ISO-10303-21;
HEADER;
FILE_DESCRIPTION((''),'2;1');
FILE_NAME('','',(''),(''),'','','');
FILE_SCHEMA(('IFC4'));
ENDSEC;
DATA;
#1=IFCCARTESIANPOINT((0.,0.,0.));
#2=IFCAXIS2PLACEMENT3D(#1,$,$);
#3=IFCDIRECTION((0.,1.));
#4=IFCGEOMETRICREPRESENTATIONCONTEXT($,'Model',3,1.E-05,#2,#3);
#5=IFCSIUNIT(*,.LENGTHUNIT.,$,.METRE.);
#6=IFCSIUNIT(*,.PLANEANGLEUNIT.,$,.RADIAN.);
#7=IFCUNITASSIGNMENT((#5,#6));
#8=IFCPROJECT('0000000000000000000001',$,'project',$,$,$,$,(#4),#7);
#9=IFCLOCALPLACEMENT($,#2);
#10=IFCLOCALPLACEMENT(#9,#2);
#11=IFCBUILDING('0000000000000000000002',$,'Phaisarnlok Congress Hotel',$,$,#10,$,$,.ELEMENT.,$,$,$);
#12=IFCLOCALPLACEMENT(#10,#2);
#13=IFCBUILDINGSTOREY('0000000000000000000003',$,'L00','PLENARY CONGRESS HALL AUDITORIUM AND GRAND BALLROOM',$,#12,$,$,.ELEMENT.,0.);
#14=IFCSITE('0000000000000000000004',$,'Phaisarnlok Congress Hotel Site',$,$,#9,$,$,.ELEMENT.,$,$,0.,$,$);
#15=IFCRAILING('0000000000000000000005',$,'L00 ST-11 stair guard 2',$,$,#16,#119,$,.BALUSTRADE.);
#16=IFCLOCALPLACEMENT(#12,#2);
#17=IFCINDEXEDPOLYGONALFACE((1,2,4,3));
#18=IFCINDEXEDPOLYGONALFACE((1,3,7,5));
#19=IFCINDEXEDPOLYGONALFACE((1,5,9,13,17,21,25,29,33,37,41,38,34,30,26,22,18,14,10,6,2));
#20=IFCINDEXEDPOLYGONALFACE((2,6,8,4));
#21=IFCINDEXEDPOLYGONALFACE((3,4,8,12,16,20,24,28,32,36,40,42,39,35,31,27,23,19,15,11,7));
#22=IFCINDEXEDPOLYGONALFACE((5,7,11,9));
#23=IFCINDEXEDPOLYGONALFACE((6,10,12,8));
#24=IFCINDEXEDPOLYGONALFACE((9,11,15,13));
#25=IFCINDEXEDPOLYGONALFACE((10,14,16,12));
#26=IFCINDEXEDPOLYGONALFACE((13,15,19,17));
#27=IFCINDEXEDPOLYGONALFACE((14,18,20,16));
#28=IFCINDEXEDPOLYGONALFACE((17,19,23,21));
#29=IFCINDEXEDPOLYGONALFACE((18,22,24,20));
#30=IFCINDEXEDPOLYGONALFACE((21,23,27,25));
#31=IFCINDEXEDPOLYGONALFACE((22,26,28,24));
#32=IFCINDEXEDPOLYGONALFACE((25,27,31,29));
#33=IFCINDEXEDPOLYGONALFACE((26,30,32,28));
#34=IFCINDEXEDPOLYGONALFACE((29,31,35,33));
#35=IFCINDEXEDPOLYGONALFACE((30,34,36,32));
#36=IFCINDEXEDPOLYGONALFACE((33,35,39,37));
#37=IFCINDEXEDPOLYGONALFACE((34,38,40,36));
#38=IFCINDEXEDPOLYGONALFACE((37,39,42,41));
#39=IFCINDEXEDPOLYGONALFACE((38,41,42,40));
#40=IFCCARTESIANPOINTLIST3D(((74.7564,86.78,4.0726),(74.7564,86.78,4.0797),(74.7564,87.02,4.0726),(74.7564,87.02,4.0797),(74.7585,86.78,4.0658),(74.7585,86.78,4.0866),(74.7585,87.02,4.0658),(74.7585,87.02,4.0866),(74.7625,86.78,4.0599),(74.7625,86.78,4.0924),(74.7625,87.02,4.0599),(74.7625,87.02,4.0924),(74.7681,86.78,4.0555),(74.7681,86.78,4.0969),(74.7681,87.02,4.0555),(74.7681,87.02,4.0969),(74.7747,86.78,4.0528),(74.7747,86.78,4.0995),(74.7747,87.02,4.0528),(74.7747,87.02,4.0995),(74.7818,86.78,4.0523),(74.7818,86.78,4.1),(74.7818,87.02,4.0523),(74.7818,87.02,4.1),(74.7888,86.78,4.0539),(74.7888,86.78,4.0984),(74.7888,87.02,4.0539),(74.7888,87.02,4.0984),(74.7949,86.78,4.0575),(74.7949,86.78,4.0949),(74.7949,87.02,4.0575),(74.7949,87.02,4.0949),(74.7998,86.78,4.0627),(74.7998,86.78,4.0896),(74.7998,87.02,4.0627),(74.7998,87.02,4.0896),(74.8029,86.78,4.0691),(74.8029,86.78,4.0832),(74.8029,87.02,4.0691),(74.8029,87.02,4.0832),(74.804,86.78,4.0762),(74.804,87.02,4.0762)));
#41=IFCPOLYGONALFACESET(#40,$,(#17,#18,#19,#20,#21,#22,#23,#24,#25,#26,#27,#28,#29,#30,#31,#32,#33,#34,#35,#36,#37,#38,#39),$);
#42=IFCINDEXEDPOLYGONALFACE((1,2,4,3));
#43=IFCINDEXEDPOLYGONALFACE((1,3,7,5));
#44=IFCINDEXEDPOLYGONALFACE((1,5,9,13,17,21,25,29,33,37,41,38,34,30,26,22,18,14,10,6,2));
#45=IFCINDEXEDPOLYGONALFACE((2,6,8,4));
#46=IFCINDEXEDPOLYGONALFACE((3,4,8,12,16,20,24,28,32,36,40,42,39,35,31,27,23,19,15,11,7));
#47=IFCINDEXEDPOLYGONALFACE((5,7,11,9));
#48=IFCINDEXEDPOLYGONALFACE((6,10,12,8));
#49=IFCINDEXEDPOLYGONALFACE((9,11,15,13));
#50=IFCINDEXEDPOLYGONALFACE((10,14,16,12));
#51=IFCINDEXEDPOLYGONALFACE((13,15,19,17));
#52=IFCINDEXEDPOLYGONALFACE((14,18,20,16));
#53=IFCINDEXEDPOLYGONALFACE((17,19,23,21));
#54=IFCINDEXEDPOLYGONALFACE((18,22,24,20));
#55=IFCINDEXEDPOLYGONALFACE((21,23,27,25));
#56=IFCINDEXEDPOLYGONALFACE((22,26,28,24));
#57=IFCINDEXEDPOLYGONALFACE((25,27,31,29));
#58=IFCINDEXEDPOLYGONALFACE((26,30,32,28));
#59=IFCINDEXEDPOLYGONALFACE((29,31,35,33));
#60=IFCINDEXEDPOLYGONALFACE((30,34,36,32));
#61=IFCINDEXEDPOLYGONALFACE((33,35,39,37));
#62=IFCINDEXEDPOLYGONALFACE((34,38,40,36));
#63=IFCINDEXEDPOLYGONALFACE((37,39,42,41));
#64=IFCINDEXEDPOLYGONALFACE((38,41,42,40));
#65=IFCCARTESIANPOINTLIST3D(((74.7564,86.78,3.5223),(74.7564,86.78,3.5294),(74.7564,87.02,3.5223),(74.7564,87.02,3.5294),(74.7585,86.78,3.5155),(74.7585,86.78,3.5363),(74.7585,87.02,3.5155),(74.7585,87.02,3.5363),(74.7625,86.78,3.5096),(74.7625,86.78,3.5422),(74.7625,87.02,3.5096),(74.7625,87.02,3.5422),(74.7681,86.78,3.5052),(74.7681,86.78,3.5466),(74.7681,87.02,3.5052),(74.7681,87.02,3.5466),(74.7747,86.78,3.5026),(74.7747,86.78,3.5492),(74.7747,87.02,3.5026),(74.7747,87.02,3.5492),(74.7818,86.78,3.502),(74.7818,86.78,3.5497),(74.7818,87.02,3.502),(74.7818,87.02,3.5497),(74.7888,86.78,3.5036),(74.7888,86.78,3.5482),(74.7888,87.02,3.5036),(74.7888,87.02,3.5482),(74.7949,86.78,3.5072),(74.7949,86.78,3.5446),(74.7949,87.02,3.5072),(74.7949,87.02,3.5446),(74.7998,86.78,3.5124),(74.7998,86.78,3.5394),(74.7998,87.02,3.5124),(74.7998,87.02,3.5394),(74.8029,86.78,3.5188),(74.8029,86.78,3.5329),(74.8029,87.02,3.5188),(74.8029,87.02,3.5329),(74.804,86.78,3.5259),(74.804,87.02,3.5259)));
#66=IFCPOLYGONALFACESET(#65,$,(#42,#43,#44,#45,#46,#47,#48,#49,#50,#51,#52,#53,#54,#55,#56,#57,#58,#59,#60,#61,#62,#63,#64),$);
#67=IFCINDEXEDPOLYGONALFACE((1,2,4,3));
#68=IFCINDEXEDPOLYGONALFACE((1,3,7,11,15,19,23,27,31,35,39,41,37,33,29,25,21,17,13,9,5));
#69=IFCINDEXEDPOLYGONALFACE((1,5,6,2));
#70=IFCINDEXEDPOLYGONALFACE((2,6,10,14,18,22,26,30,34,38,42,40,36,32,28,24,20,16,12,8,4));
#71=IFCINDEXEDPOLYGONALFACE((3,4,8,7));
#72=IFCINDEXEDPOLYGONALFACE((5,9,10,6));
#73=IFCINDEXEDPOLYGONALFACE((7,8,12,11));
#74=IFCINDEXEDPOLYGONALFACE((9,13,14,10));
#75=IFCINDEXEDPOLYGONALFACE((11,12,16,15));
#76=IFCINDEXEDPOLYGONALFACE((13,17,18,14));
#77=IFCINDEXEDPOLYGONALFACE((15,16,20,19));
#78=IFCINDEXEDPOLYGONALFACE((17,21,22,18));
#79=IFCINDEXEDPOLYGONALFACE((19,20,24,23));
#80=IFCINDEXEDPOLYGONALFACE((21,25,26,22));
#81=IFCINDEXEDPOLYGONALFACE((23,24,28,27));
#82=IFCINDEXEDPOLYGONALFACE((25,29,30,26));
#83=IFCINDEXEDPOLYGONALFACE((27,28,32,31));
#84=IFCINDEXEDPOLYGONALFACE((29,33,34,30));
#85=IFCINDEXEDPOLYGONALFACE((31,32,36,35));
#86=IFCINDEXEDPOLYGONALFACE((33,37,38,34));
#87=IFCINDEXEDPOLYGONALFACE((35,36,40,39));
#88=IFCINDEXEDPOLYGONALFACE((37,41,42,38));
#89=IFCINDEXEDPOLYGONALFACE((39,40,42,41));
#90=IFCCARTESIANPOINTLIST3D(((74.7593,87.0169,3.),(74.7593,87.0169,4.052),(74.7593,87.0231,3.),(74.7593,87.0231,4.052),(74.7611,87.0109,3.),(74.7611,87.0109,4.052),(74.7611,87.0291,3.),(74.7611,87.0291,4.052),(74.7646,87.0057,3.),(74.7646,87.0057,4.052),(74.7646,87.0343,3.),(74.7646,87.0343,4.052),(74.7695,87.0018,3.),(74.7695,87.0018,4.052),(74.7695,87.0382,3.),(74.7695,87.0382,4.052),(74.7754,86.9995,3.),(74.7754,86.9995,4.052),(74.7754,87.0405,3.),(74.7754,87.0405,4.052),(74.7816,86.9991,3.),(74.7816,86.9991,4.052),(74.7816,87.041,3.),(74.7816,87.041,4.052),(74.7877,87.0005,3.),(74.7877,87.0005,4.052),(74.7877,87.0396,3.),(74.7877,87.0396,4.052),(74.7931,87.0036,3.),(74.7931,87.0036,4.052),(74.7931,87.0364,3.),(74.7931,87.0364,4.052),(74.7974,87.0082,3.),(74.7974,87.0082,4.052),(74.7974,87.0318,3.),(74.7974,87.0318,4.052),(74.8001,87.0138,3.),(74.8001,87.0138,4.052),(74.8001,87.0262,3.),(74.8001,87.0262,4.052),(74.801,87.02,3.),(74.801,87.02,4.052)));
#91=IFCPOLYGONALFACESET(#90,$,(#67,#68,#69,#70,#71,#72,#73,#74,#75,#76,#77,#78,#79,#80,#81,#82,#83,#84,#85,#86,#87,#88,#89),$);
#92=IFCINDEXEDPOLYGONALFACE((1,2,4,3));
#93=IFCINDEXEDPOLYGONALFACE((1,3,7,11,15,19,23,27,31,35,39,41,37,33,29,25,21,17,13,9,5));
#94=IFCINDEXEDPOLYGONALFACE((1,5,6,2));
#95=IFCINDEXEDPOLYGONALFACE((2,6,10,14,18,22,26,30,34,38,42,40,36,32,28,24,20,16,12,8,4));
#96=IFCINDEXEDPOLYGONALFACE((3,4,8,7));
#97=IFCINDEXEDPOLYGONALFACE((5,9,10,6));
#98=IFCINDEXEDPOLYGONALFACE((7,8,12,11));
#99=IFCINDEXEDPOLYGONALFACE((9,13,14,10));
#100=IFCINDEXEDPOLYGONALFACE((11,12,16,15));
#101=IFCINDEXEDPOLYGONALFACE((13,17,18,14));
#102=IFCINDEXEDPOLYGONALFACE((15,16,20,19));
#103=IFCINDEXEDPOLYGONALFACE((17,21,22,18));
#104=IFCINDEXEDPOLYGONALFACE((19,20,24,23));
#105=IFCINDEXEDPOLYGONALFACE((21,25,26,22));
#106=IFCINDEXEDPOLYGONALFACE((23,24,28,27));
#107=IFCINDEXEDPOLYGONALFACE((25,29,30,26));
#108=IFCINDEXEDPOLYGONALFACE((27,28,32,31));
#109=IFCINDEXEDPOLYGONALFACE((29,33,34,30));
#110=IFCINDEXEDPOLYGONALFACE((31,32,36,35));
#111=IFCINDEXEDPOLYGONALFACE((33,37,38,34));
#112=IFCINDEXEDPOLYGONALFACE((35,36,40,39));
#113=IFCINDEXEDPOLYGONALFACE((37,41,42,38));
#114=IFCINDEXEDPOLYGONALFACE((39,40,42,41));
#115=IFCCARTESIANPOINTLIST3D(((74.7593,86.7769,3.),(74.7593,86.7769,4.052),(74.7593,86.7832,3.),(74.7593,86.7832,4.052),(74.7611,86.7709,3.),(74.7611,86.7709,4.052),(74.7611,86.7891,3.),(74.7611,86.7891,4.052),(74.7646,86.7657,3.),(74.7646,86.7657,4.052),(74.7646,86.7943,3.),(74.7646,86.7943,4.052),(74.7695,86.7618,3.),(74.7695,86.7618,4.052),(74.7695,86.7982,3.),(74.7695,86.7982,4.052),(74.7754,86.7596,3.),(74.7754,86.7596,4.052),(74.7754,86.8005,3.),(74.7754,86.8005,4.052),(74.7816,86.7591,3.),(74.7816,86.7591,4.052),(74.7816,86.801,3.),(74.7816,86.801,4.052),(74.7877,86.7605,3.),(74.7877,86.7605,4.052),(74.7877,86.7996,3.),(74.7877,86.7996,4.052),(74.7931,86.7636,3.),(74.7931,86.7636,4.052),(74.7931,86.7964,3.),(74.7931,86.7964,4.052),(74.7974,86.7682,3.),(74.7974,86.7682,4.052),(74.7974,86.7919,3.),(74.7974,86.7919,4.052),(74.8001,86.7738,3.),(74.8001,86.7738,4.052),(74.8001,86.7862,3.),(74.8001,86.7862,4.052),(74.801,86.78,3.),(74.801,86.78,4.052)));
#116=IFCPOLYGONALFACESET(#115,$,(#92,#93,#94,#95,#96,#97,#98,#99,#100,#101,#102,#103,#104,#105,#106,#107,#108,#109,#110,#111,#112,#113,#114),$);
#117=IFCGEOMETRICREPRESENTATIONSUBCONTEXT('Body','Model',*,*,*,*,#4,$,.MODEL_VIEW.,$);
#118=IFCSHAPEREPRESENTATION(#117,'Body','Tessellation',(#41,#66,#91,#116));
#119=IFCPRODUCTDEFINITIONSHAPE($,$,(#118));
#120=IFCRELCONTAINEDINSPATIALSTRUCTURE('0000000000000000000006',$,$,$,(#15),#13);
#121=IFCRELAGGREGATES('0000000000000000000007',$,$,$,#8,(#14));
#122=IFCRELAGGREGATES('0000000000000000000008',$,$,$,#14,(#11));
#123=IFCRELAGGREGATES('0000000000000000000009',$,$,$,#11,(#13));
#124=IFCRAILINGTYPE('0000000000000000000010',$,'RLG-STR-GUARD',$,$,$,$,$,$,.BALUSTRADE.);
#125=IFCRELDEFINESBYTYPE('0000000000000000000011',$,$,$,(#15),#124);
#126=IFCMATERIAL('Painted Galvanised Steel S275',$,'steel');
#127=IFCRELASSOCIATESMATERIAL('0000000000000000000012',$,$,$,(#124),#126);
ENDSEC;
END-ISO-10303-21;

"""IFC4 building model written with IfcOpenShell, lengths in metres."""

from ifc_helpers import new_model, si_unit, direction, frame, origin, origin_2d, place, context, subcontext, project, spatial, circle, extrude, material, type_object, element, save


model = new_model("IFC4")

# Units and contexts
model_context = context("Model", 3, precision=1e-05, world=origin(), true_north=direction((0.0, 1.0)))
body_context = subcontext(model_context, "Body", "Model", "MODEL_VIEW")
ifc_project = project(units=[si_unit("LENGTHUNIT", "METRE"), si_unit("PLANEANGLEUNIT", "RADIAN")], contexts=[model_context])

# Site, building, storey
site_placement = place(None, origin())
site = spatial("IfcSite", under=ifc_project, at=site_placement, Name="Phaisarnlok Congress Hotel Site", CompositionType="ELEMENT", RefElevation=0.0)
building_placement = place(site_placement, origin())
building = spatial("IfcBuilding", under=site, at=building_placement, Name="Phaisarnlok Congress Hotel", CompositionType="ELEMENT")
storey_placement = place(building_placement, origin())
storey = spatial("IfcBuildingStorey", under=building, at=storey_placement, Name="L00", Description="PLENARY CONGRESS HALL AUDITORIUM AND GRAND BALLROOM", CompositionType="ELEMENT", Elevation=0.0)

# Railing
ifc_material_1 = material(Name="Painted Galvanised Steel S275", Category="steel")
railing_type_1 = type_object("IfcRailingType", Name="RLG-STR-GUARD", PredefinedType="BALUSTRADE", material=ifc_material_1)
railing_1_placement = place(storey_placement, frame((74.78, 87.02, 3.0)))
element("IfcRailing", 1, at=railing_1_placement, inside=storey, type_object=railing_type_1, Name="L00 ST-11 stair guard 2", PredefinedType="BALUSTRADE", context=body_context, shape_type="SweptSolid", body=[
    extrude(circle(Radius=0.0239, at=origin_2d()), frame((0.0, 0.0, 1.0762), z_axis=(0.0, -1.0, 0.0), x_axis=(1.0, 0.0, 0.0)), (0.0, 0.0, 1.0), 0.24),
    extrude(circle(Radius=0.0239, at=origin_2d()), frame((0.0, 0.0, 0.5259), z_axis=(0.0, -1.0, 0.0), x_axis=(1.0, 0.0, 0.0)), (0.0, 0.0, 1.0), 0.24),
    extrude(circle(Radius=0.021, at=origin_2d()), origin(), (0.0, 0.0, 1.0), 1.052),
    extrude(circle(Radius=0.021, at=origin_2d()), frame((0.0, -0.24, 0.0)), (0.0, 0.0, 1.0), 1.052),
])

save(model, "model.ifc")
